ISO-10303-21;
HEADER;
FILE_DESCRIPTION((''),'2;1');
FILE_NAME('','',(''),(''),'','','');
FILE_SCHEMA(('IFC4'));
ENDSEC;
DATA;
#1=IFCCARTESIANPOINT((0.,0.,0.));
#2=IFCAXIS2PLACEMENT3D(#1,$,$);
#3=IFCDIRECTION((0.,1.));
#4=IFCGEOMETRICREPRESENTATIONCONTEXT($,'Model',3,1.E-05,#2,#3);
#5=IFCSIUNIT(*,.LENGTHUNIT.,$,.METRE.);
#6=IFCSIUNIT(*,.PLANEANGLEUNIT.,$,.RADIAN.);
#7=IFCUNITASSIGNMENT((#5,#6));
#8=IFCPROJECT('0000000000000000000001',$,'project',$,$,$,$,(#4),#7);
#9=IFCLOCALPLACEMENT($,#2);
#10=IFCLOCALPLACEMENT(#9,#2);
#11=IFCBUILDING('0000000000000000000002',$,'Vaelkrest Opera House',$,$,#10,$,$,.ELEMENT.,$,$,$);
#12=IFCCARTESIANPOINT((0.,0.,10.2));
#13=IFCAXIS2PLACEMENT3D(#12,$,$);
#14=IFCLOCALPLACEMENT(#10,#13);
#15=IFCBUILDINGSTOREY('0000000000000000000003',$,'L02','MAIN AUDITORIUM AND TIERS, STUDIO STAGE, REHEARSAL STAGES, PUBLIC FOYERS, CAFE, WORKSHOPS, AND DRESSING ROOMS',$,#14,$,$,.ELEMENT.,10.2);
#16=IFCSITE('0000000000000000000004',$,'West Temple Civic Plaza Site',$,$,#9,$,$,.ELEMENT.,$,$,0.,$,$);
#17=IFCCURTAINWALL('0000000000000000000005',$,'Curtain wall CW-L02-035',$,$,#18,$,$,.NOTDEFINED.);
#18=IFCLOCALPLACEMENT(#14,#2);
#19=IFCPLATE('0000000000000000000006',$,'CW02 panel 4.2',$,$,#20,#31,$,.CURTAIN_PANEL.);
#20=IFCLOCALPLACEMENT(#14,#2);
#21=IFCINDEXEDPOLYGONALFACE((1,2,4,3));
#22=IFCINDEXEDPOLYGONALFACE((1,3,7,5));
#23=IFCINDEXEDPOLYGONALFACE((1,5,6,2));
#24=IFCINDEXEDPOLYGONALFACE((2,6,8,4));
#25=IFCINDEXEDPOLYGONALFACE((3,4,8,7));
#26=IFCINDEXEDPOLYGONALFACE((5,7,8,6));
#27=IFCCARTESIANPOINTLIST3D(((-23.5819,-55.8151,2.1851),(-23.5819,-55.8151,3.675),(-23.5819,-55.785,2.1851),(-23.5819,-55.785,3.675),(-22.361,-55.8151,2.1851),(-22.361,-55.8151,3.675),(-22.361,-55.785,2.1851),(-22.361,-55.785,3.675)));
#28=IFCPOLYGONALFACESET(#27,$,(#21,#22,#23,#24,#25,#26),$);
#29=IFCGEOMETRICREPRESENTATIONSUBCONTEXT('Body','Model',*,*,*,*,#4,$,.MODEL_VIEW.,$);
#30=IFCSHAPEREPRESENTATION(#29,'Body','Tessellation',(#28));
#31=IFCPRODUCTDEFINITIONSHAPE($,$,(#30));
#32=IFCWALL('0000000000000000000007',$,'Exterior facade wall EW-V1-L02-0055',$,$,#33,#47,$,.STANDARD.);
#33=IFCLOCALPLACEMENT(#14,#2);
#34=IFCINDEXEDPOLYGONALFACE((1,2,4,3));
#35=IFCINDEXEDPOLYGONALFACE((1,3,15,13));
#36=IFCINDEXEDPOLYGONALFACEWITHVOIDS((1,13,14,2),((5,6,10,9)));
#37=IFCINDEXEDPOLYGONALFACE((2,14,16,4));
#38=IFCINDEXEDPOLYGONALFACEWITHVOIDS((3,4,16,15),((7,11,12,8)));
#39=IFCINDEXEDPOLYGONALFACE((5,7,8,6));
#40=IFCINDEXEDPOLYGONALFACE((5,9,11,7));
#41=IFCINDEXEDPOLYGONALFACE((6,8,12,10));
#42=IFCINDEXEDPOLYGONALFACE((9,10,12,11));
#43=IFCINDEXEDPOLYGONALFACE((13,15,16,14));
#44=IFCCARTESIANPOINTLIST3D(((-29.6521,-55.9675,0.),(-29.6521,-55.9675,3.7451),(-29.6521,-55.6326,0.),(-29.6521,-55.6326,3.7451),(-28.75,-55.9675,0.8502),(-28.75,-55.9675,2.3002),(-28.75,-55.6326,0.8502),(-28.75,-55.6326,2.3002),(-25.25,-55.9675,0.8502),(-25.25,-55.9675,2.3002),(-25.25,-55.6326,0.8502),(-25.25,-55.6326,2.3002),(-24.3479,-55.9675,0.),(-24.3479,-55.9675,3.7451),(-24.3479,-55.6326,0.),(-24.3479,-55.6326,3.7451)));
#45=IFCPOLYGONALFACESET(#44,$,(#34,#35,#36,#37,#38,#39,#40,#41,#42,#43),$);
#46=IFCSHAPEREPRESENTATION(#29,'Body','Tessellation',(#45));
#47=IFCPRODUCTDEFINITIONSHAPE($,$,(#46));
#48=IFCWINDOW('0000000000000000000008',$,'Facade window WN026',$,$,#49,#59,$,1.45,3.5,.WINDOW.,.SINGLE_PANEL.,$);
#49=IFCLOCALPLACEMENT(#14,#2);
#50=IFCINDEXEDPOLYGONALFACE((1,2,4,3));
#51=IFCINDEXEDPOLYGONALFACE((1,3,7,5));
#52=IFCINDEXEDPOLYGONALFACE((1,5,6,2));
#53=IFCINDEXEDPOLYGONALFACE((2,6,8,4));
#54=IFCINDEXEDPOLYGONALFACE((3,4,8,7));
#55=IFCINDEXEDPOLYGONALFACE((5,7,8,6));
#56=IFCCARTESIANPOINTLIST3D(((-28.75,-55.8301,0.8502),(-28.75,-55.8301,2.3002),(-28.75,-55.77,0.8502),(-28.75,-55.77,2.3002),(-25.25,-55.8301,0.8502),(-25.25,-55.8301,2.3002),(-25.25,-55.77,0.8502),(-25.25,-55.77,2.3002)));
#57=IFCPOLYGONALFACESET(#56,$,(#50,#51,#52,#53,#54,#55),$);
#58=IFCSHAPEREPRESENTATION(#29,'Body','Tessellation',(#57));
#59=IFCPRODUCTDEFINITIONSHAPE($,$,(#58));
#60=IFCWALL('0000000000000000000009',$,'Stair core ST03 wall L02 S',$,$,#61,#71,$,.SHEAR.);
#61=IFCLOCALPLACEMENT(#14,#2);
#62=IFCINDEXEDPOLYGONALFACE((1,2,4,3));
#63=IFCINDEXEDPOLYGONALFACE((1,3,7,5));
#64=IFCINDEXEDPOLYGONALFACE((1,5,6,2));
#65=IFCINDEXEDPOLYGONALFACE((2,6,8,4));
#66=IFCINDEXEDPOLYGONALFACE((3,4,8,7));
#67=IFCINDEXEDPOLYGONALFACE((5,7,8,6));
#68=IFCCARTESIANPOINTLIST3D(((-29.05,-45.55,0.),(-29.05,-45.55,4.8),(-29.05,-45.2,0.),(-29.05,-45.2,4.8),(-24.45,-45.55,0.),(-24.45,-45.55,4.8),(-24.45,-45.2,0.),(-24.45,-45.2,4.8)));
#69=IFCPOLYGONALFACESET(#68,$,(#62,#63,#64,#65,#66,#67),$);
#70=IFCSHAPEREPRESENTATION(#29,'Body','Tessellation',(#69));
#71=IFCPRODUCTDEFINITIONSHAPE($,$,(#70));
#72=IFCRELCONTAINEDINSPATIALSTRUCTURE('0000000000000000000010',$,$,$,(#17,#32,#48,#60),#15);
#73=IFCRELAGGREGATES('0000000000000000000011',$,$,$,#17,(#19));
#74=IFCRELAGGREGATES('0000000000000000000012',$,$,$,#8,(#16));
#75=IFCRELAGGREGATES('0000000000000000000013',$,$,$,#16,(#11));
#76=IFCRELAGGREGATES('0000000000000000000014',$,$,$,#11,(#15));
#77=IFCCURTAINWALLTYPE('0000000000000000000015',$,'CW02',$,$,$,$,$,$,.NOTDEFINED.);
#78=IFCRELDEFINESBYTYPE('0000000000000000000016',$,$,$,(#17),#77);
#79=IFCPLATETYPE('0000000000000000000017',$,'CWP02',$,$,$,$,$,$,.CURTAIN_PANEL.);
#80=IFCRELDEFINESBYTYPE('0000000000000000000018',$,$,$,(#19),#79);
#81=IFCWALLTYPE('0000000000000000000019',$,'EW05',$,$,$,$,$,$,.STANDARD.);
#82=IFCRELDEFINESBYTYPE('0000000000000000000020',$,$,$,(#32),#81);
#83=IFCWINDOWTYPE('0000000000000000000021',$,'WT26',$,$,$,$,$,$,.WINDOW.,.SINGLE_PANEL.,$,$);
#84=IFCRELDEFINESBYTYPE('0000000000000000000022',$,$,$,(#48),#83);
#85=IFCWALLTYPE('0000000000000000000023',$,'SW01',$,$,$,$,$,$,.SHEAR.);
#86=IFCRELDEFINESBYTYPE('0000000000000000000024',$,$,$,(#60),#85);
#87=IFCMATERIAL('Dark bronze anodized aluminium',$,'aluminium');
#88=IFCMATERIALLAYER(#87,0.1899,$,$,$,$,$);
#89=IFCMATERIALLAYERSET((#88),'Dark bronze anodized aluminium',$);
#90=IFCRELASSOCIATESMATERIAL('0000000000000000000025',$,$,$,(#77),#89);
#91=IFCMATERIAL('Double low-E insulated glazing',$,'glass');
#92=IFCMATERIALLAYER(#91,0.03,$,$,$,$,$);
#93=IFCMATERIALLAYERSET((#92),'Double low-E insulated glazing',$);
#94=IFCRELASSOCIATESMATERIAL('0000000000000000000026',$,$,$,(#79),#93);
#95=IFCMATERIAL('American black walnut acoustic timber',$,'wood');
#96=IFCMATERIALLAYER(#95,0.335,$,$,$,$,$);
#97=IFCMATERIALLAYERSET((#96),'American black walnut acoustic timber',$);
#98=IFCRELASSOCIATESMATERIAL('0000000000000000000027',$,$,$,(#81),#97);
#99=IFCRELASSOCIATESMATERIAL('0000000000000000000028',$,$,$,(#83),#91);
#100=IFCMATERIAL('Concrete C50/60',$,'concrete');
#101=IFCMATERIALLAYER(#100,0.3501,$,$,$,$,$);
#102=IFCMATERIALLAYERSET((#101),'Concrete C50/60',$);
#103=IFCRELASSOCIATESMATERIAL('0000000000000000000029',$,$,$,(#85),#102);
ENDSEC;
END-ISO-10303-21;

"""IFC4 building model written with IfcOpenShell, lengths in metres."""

from ifc_helpers import new_model, si_unit, direction, frame, frame_2d, origin, origin_2d, place, context, subcontext, project, spatial, rectangle, extrude, material, layer, layer_set, type_object, element, fill, aggregate, save


model = new_model("IFC4")

# Units and contexts
model_context = context("Model", 3, precision=1e-05, world=origin(), true_north=direction((0.0, 1.0)))
body_context = subcontext(model_context, "Body", "Model", "MODEL_VIEW")
ifc_project = project(units=[si_unit("LENGTHUNIT", "METRE"), si_unit("PLANEANGLEUNIT", "RADIAN")], contexts=[model_context])

# Site, building, storey
site_placement = place(None, origin())
site = spatial("IfcSite", under=ifc_project, at=site_placement, Name="West Temple Civic Plaza Site", CompositionType="ELEMENT", RefElevation=0.0)
building_placement = place(site_placement, origin())
building = spatial("IfcBuilding", under=site, at=building_placement, Name="Vaelkrest Opera House", CompositionType="ELEMENT")
storey_placement = place(building_placement, frame((0.0, 0.0, 10.2)))
storey = spatial("IfcBuildingStorey", under=building, at=storey_placement, Name="L02", Description="MAIN AUDITORIUM AND TIERS, STUDIO STAGE, REHEARSAL STAGES, PUBLIC FOYERS, CAFE, WORKSHOPS, AND DRESSING ROOMS", CompositionType="ELEMENT", Elevation=10.2)

# Shared definitions
ifc_material_1 = material(Name="Concrete C50/60", Category="concrete")

# Curtain wall
ifc_material_2 = material(Name="Dark bronze anodized aluminium", Category="aluminium")
ifc_layer_1 = layer(ifc_material_2, 0.1899)
ifc_layer_set_1 = layer_set([ifc_layer_1], Name="Dark bronze anodized aluminium")
curtain_wall_type = type_object("IfcCurtainWallType", Name="CW02", PredefinedType="NOTDEFINED", material=ifc_layer_set_1)
curtain_wall_placement = place(storey_placement, origin())
curtain_wall = element("IfcCurtainWall", 1, at=curtain_wall_placement, inside=storey, type_object=curtain_wall_type, Name="Curtain wall CW-L02-035", PredefinedType="NOTDEFINED")

# Plate
ifc_material_3 = material(Name="Double low-E insulated glazing", Category="glass")
ifc_layer_2 = layer(ifc_material_3, 0.03)
ifc_layer_set_2 = layer_set([ifc_layer_2], Name="Double low-E insulated glazing")
plate_type = type_object("IfcPlateType", Name="CWP02", PredefinedType="CURTAIN_PANEL", material=ifc_layer_set_2)
plate_1_placement = place(storey_placement, frame((-22.9714, -55.8, 2.1851), z_axis=(0.0, 0.0, 1.0), x_axis=(-1.0, 0.0, 0.0)))
plate_1 = element("IfcPlate", 2, at=plate_1_placement, type_object=plate_type, Name="CW02 panel 4.2", PredefinedType="CURTAIN_PANEL", context=body_context, shape_type="SweptSolid", body=[
    extrude(rectangle(XDim=1.2209, YDim=0.03, at=origin_2d()), origin(), (0.0, 0.0, 1.0), 1.49),
])
aggregate(curtain_wall, [plate_1])

# Wall, opening, window
ifc_material_4 = material(Name="American black walnut acoustic timber", Category="wood")
ifc_layer_3 = layer(ifc_material_4, 0.335)
ifc_layer_set_3 = layer_set([ifc_layer_3], Name="American black walnut acoustic timber")
wall_type_1 = type_object("IfcWallType", Name="EW05", PredefinedType="STANDARD", material=ifc_layer_set_3)
wall_1_placement = place(storey_placement, frame((-24.3479, -55.8, 0.0), z_axis=(0.0, 0.0, 1.0), x_axis=(-1.0, 0.0, 0.0)))
wall_1 = element("IfcWall", 3, at=wall_1_placement, inside=storey, type_object=wall_type_1, Name="Exterior facade wall EW-V1-L02-0055", PredefinedType="STANDARD", context=body_context, shape_type="SweptSolid", body=[
    extrude(rectangle(XDim=5.3042, YDim=0.335, at=frame_2d((2.6521, 0.0))), origin(), (0.0, 0.0, 1.0), 3.7451),
])
opening_placement = place(wall_1_placement, frame((0.9021, 0.0, 0.8501)))
opening = element("IfcOpeningElement", 4, at=opening_placement, cuts=wall_1, PredefinedType="OPENING", context=body_context, shape_type="SweptSolid", body=[
    extrude(rectangle(XDim=3.5, YDim=1.45, at=frame_2d((1.75, 0.7251))), frame((0.0, 0.1775, 0.0), z_axis=(0.0, -1.0, 0.0), x_axis=(1.0, 0.0, 0.0)), (0.0, 0.0, 1.0), 0.355),
])
window_type = type_object("IfcWindowType", Name="WT26", PartitioningType="SINGLE_PANEL", PredefinedType="WINDOW", material=ifc_material_3)
window_placement = place(opening_placement, origin())
window = element("IfcWindow", 5, at=window_placement, inside=storey, type_object=window_type, Name="Facade window WN026", OverallHeight=1.45, OverallWidth=3.5, PartitioningType="SINGLE_PANEL", PredefinedType="WINDOW", context=body_context, shape_type="SweptSolid", body=[
    extrude(rectangle(XDim=3.5, YDim=1.45, at=frame_2d((1.75, 0.7251))), frame((0.0, 0.03, 0.0), z_axis=(0.0, -1.0, 0.0), x_axis=(1.0, 0.0, 0.0)), (0.0, 0.0, 1.0), 0.0601),
])
fill(opening, window)

# Wall
ifc_layer_4 = layer(ifc_material_1, 0.3501)
ifc_layer_set_4 = layer_set([ifc_layer_4], Name="Concrete C50/60")
wall_type_2 = type_object("IfcWallType", Name="SW01", PredefinedType="SHEAR", material=ifc_layer_set_4)
wall_2_placement = place(storey_placement, frame((-24.45, -45.375, 0.0), z_axis=(0.0, 0.0, 1.0), x_axis=(-1.0, 0.0, 0.0)))
element("IfcWall", 6, at=wall_2_placement, inside=storey, type_object=wall_type_2, Name="Stair core ST03 wall L02 S", PredefinedType="SHEAR", context=body_context, shape_type="SweptSolid", body=[
    extrude(rectangle(XDim=4.6001, YDim=0.3501, at=frame_2d((2.3, 0.0))), origin(), (0.0, 0.0, 1.0), 4.8),
])

save(model, "model.ifc")
